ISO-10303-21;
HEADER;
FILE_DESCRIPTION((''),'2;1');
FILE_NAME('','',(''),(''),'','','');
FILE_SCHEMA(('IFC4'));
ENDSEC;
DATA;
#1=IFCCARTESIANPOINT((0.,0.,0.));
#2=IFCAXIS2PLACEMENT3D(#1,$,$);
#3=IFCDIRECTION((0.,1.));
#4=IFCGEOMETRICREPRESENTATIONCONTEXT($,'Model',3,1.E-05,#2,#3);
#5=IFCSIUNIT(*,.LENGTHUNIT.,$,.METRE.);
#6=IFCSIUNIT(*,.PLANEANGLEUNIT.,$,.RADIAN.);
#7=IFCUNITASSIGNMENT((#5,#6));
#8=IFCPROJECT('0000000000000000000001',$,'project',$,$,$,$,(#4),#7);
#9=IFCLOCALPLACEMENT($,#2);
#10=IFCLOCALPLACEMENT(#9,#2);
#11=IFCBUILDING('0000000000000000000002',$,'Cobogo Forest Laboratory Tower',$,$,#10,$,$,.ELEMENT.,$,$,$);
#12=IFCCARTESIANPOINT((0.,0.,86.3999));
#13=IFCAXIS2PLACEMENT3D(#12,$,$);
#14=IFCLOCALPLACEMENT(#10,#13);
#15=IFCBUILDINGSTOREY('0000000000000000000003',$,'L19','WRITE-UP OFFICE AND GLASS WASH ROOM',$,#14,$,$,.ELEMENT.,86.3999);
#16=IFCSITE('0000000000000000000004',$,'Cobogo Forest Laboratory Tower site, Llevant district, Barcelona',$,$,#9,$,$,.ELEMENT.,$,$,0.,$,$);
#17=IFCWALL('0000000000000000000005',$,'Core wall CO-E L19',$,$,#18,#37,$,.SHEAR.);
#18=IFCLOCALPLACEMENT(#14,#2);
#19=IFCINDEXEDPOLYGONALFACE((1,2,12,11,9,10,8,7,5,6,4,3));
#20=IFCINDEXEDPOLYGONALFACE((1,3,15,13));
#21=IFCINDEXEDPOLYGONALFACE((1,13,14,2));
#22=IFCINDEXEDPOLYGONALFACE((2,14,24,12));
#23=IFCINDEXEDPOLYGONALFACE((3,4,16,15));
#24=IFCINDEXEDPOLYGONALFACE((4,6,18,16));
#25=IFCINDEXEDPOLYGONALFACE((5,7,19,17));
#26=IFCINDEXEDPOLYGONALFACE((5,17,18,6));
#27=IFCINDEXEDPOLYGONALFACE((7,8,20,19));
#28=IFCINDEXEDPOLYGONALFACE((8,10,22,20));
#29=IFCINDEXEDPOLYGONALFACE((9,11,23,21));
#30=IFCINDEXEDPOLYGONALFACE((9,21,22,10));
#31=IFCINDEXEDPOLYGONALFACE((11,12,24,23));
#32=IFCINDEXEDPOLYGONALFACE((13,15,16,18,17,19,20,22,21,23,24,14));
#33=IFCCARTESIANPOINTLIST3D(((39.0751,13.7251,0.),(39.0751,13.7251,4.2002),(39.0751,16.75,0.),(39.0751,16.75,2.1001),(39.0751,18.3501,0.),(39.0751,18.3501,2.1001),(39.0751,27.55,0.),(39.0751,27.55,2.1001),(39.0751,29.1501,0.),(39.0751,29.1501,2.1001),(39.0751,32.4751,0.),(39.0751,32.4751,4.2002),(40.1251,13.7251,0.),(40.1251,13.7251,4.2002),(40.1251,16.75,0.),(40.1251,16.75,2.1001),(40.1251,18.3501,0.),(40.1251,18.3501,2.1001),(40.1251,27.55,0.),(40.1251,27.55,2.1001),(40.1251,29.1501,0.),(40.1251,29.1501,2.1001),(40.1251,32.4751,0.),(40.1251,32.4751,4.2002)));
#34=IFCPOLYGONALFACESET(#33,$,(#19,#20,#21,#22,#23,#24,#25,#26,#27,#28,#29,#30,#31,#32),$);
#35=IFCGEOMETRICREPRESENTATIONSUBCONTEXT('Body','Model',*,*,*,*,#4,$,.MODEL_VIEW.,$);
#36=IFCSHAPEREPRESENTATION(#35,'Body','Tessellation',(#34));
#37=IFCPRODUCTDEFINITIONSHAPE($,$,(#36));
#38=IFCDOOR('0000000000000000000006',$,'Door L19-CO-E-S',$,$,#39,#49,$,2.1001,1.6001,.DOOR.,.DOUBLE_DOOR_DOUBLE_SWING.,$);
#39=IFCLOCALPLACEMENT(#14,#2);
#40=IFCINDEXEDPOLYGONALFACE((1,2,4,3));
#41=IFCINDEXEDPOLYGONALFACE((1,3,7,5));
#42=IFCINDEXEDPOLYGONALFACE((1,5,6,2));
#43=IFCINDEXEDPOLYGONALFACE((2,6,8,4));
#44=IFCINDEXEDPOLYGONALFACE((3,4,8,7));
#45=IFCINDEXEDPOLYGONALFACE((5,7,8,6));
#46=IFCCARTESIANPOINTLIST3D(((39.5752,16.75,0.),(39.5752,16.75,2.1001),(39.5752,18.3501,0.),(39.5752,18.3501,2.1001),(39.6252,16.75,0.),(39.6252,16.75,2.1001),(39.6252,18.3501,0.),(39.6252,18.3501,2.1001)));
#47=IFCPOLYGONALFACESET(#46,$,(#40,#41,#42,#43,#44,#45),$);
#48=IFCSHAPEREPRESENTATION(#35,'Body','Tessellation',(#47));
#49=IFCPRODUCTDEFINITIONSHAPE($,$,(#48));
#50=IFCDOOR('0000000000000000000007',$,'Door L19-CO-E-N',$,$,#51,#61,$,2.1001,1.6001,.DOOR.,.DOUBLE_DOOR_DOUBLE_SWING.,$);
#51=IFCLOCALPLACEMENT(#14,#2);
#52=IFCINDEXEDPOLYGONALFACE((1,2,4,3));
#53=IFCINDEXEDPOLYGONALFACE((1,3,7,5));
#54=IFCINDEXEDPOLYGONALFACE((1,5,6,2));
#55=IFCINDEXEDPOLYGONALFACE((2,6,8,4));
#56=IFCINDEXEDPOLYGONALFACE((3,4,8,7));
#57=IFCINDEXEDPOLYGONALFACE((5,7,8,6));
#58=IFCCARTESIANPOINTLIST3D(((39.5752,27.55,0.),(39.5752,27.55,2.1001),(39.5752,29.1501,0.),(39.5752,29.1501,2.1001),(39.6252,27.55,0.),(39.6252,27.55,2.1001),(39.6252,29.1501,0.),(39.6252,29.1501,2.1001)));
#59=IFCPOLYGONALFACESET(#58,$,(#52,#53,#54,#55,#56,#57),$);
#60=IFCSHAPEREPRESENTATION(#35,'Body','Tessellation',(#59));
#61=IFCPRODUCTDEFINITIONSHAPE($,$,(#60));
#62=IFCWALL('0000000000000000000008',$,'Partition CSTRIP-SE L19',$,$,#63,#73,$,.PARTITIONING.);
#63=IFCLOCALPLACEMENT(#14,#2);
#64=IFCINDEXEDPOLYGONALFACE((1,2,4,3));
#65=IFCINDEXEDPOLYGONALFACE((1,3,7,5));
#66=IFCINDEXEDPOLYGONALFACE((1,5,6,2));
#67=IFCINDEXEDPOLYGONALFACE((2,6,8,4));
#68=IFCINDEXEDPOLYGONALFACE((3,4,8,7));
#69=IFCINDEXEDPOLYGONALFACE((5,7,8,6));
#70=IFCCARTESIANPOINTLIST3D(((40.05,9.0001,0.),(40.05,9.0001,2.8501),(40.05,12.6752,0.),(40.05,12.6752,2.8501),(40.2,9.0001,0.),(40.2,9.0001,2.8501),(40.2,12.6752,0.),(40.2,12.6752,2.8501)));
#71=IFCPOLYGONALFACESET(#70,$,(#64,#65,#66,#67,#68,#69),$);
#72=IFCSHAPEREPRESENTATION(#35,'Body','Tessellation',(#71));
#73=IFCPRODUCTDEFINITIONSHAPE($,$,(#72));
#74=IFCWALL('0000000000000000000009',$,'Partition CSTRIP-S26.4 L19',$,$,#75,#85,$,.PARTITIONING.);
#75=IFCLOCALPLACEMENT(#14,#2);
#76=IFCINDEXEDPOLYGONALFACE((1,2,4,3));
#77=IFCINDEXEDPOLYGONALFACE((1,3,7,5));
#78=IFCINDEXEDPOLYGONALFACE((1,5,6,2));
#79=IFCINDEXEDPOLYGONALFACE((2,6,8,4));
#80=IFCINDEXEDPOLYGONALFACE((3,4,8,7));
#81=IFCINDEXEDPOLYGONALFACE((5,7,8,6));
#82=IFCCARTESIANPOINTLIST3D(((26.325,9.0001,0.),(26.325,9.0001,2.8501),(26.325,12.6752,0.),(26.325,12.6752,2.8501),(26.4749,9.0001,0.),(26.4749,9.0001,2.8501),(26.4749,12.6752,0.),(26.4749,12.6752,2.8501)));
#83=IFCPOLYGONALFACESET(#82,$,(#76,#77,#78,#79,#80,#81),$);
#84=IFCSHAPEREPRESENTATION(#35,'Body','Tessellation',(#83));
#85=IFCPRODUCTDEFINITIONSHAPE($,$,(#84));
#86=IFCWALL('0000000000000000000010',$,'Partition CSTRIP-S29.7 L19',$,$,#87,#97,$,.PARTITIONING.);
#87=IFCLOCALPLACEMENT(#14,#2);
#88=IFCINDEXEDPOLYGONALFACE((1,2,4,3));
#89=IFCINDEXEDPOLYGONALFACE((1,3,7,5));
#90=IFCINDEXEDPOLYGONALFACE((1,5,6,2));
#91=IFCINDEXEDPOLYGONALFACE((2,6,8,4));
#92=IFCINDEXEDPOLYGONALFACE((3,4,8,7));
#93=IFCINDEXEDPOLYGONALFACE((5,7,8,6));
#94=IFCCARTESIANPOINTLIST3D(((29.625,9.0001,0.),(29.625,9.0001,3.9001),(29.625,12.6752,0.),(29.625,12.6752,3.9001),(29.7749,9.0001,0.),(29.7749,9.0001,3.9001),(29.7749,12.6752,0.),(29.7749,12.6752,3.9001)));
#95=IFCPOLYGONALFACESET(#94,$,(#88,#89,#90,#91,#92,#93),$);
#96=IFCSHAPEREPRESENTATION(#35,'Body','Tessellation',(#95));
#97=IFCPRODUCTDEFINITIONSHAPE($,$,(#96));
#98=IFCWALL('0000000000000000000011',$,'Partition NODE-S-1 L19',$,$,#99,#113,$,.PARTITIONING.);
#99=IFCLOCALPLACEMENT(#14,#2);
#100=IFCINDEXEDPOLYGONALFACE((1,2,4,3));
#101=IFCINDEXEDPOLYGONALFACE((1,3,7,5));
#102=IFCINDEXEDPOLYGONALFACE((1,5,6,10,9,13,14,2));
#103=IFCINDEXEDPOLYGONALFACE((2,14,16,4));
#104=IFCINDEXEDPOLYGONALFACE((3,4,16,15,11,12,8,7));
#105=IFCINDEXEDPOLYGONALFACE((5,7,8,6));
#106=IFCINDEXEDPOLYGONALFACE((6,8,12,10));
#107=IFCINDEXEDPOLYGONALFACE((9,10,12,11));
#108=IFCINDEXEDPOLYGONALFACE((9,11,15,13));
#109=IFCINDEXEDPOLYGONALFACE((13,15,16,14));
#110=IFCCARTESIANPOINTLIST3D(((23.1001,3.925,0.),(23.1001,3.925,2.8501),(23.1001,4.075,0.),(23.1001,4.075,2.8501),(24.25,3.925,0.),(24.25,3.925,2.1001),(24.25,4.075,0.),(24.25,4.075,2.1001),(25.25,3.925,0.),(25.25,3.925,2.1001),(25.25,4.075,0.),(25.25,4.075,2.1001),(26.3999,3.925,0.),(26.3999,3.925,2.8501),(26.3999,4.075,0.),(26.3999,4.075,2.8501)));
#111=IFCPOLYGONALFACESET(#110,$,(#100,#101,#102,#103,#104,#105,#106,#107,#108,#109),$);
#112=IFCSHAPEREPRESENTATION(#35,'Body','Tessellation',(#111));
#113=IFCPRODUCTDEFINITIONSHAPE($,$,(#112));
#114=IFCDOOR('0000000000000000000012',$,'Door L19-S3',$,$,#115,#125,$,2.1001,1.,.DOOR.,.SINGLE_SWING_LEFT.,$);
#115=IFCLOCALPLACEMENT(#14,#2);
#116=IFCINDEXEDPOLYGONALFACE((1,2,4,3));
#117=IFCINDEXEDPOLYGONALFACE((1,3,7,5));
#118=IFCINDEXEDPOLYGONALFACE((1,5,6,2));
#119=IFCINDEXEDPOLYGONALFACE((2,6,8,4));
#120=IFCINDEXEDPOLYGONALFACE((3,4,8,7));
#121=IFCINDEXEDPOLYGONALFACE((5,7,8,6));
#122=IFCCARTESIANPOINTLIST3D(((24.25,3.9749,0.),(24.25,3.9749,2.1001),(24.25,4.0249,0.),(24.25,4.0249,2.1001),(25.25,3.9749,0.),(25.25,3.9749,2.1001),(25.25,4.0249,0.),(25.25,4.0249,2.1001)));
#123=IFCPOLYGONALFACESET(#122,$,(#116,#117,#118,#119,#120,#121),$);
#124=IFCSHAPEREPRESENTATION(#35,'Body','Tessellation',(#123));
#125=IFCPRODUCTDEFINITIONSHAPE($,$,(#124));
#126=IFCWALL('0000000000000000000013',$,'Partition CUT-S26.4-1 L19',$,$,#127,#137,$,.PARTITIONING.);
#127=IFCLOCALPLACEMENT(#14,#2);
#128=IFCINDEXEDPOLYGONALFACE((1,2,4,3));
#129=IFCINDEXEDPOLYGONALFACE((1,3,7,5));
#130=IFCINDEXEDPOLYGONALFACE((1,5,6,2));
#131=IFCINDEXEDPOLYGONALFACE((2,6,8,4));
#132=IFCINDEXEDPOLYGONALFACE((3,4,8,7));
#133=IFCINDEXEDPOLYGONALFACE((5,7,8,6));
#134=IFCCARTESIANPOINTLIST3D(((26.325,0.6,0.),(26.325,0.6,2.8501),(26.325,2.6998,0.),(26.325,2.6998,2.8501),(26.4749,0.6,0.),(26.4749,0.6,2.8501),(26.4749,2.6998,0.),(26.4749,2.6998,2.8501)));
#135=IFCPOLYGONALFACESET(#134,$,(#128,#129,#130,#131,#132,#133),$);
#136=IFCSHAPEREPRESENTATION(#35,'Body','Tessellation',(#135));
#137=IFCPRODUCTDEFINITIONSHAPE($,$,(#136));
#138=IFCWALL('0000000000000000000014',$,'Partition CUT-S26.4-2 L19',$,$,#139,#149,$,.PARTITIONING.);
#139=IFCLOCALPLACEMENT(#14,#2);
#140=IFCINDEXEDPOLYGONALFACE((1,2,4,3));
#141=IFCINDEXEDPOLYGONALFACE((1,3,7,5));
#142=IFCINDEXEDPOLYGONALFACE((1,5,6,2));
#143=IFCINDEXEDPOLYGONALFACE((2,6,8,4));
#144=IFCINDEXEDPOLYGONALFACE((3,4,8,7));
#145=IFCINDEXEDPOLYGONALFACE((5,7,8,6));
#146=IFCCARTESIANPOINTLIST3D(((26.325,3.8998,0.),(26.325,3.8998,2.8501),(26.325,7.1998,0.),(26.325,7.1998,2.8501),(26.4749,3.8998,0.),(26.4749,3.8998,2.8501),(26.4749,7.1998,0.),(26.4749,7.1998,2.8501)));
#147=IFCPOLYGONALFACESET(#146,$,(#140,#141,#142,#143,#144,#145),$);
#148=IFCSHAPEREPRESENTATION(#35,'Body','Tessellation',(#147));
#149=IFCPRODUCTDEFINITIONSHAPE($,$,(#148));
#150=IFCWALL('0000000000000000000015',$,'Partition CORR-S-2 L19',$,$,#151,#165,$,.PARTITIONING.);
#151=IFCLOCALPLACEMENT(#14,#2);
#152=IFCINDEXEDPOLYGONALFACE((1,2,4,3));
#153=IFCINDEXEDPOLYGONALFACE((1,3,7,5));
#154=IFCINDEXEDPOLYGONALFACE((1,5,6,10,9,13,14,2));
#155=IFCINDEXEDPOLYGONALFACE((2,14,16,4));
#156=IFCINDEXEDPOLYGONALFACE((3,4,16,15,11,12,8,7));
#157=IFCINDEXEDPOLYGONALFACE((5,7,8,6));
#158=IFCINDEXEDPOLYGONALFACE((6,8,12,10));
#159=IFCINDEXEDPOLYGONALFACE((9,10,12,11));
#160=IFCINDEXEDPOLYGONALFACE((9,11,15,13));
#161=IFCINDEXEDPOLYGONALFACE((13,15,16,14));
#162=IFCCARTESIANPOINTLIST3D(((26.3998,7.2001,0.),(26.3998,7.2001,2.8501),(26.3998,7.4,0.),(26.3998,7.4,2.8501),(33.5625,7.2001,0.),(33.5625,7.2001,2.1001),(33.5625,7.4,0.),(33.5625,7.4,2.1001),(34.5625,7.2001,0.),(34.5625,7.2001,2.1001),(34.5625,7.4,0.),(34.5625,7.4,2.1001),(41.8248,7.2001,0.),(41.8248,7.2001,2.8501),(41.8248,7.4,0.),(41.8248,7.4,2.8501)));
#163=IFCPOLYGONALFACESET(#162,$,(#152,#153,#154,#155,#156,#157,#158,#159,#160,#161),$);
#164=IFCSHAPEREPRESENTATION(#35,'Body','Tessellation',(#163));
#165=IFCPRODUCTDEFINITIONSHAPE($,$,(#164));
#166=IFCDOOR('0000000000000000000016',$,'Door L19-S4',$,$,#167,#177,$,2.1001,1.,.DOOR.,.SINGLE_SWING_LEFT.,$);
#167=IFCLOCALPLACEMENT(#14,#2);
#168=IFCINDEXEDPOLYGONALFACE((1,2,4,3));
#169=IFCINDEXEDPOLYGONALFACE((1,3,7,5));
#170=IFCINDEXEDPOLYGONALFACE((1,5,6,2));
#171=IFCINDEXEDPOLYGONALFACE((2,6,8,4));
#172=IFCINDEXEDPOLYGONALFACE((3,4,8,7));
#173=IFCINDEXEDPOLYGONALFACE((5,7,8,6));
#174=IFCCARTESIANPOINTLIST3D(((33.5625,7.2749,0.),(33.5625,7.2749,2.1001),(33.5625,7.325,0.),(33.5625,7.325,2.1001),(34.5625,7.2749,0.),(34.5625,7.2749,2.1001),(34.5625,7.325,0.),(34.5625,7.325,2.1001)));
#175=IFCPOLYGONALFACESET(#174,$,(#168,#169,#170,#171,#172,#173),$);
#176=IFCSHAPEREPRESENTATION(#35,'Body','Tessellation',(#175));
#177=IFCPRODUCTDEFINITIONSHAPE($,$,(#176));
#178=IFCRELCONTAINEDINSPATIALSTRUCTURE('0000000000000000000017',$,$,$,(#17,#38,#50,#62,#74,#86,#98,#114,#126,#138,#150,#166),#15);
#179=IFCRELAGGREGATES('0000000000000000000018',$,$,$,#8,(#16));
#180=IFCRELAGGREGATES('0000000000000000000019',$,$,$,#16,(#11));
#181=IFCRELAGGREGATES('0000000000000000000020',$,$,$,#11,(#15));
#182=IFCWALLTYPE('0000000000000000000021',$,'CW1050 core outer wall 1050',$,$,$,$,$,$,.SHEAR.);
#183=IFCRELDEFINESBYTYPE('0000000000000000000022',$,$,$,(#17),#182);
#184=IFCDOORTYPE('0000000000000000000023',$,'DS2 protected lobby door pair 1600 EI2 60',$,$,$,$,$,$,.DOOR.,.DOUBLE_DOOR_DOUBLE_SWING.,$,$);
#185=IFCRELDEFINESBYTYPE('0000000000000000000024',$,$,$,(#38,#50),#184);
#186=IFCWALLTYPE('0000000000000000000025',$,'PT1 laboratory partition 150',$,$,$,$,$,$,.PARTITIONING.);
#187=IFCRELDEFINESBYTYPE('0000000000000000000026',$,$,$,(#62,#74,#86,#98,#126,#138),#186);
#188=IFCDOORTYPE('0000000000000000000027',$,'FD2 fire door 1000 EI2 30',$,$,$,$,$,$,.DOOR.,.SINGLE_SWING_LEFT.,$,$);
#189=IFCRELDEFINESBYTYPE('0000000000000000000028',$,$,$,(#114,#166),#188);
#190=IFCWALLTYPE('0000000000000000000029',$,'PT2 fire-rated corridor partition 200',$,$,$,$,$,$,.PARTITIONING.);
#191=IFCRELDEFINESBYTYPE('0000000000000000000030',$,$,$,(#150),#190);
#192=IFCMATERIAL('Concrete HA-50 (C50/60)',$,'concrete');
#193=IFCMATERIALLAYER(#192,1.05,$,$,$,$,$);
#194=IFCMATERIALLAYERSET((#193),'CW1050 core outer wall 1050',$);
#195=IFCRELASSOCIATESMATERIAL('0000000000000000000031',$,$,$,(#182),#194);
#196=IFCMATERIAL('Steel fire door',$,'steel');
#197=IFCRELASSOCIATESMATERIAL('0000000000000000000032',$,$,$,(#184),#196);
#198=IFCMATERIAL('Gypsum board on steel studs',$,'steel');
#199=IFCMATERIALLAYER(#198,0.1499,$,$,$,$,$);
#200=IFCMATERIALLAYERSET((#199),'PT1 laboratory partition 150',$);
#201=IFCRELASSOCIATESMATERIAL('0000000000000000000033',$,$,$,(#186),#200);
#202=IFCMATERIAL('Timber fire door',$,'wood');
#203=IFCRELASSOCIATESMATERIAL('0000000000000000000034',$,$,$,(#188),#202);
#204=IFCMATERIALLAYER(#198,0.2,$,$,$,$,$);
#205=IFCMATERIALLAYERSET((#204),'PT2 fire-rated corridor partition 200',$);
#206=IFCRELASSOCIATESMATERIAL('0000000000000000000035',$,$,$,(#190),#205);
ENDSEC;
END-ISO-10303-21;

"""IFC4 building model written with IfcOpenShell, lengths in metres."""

from ifc_helpers import new_model, si_unit, direction, frame, frame_2d, origin, place, context, subcontext, project, spatial, rectangle, extrude, material, layer, layer_set, type_object, element, fill, save


model = new_model("IFC4")

# Units and contexts
model_context = context("Model", 3, precision=1e-05, world=origin(), true_north=direction((0.0, 1.0)))
body_context = subcontext(model_context, "Body", "Model", "MODEL_VIEW")
ifc_project = project(units=[si_unit("LENGTHUNIT", "METRE"), si_unit("PLANEANGLEUNIT", "RADIAN")], contexts=[model_context])

# Site, building, storey
site_placement = place(None, origin())
site = spatial("IfcSite", under=ifc_project, at=site_placement, Name="Cobogo Forest Laboratory Tower site, Llevant district, Barcelona", CompositionType="ELEMENT", RefElevation=0.0)
building_placement = place(site_placement, origin())
building = spatial("IfcBuilding", under=site, at=building_placement, Name="Cobogo Forest Laboratory Tower", CompositionType="ELEMENT")
storey_placement = place(building_placement, frame((0.0, 0.0, 86.3999)))
storey = spatial("IfcBuildingStorey", under=building, at=storey_placement, Name="L19", Description="WRITE-UP OFFICE AND GLASS WASH ROOM", CompositionType="ELEMENT", Elevation=86.3999)

# Shared definitions
ifc_material_1 = material(Name="Concrete HA-50 (C50/60)", Category="concrete")

# Wall, openings, doors
ifc_layer_1 = layer(ifc_material_1, 1.05)
ifc_layer_set_1 = layer_set([ifc_layer_1], Name="CW1050 core outer wall 1050")
wall_type_1 = type_object("IfcWallType", Name="CW1050 core outer wall 1050", PredefinedType="SHEAR", material=ifc_layer_set_1)
wall_1_placement = place(storey_placement, frame((39.6001, 13.7251, 0.0), z_axis=(0.0, 0.0, 1.0), x_axis=(0.0, 1.0, 0.0)))
wall_1 = element("IfcWall", 1, at=wall_1_placement, inside=storey, type_object=wall_type_1, Name="Core wall CO-E L19", PredefinedType="SHEAR", context=body_context, shape_type="SweptSolid", body=[
    extrude(rectangle(XDim=18.75, YDim=1.05, at=frame_2d((9.375, 0.0))), origin(), (0.0, 0.0, 1.0), 4.2002),
])
opening_1_placement = place(wall_1_placement, frame((3.0249, 0.0, 0.0)))
opening_1 = element("IfcOpeningElement", 2, at=opening_1_placement, cuts=wall_1, PredefinedType="OPENING", context=body_context, shape_type="SweptSolid", body=[
    extrude(rectangle(XDim=1.6001, YDim=2.1001, at=frame_2d((0.8, 1.05))), frame((0.0, 0.5349, 0.0), z_axis=(0.0, -1.0, 0.0), x_axis=(1.0, 0.0, 0.0)), (0.0, 0.0, 1.0), 1.0701),
])
opening_2_placement = place(wall_1_placement, frame((13.825, 0.0, 0.0)))
opening_2 = element("IfcOpeningElement", 3, at=opening_2_placement, cuts=wall_1, PredefinedType="OPENING", context=body_context, shape_type="SweptSolid", body=[
    extrude(rectangle(XDim=1.6001, YDim=2.1001, at=frame_2d((0.8, 1.05))), frame((0.0, 0.5349, 0.0), z_axis=(0.0, -1.0, 0.0), x_axis=(1.0, 0.0, 0.0)), (0.0, 0.0, 1.0), 1.0701),
])
ifc_material_2 = material(Name="Steel fire door", Category="steel")
door_type_1 = type_object("IfcDoorType", Name="DS2 protected lobby door pair 1600 EI2 60", OperationType="DOUBLE_DOOR_DOUBLE_SWING", PredefinedType="DOOR", material=ifc_material_2)
door_1_placement = place(opening_1_placement, origin())
door_1 = element("IfcDoor", 4, at=door_1_placement, inside=storey, type_object=door_type_1, Name="Door L19-CO-E-S", OperationType="DOUBLE_DOOR_DOUBLE_SWING", OverallHeight=2.1001, OverallWidth=1.6001, PredefinedType="DOOR", context=body_context, shape_type="SweptSolid", body=[
    extrude(rectangle(XDim=1.6001, YDim=2.1001, at=frame_2d((0.8, 1.05))), frame((0.0, 0.0249, 0.0), z_axis=(0.0, -1.0, 0.0), x_axis=(1.0, 0.0, 0.0)), (0.0, 0.0, 1.0), 0.05),
])
fill(opening_1, door_1)
door_2_placement = place(opening_2_placement, origin())
door_2 = element("IfcDoor", 5, at=door_2_placement, inside=storey, type_object=door_type_1, Name="Door L19-CO-E-N", OperationType="DOUBLE_DOOR_DOUBLE_SWING", OverallHeight=2.1001, OverallWidth=1.6001, PredefinedType="DOOR", context=body_context, shape_type="SweptSolid", body=[
    extrude(rectangle(XDim=1.6001, YDim=2.1001, at=frame_2d((0.8, 1.05))), frame((0.0, 0.0249, 0.0), z_axis=(0.0, -1.0, 0.0), x_axis=(1.0, 0.0, 0.0)), (0.0, 0.0, 1.0), 0.05),
])
fill(opening_2, door_2)

# Walls
ifc_material_3 = material(Name="Gypsum board on steel studs", Category="steel")
ifc_layer_2 = layer(ifc_material_3, 0.1499)
ifc_layer_set_2 = layer_set([ifc_layer_2], Name="PT1 laboratory partition 150")
wall_type_2 = type_object("IfcWallType", Name="PT1 laboratory partition 150", PredefinedType="PARTITIONING", material=ifc_layer_set_2)
for number, where, z_axis, x_axis, name in (
    (6, (40.125, 12.675, 0.0), (0.0, 0.0, 1.0), (0.0, -1.0, 0.0), "Partition CSTRIP-SE L19"),
    (7, (26.3999, 12.675, 0.0), (0.0, 0.0, 1.0), (0.0, -1.0, 0.0), "Partition CSTRIP-S26.4 L19"),
):
    element("IfcWall", number, at=place(storey_placement, frame(where, z_axis=z_axis, x_axis=x_axis)), inside=storey, type_object=wall_type_2, Name=name, PredefinedType="PARTITIONING", context=body_context, shape_type="SweptSolid", body=[
        extrude(rectangle(XDim=3.675, YDim=0.1499, at=frame_2d((1.8374, 0.0))), origin(), (0.0, 0.0, 1.0), 2.8501),
    ])
wall_2_placement = place(storey_placement, frame((29.7, 12.675, 0.0), z_axis=(0.0, 0.0, 1.0), x_axis=(0.0, -1.0, 0.0)))
element("IfcWall", 8, at=wall_2_placement, inside=storey, type_object=wall_type_2, Name="Partition CSTRIP-S29.7 L19", PredefinedType="PARTITIONING", context=body_context, shape_type="SweptSolid", body=[
    extrude(rectangle(XDim=3.675, YDim=0.1499, at=frame_2d((1.8374, 0.0))), origin(), (0.0, 0.0, 1.0), 3.9001),
])

# Wall, opening, door
wall_3_placement = place(storey_placement, frame((23.1001, 4.0, 0.0), z_axis=(0.0, 0.0, 1.0), x_axis=(1.0, 0.0, 0.0)))
wall_3 = element("IfcWall", 9, at=wall_3_placement, inside=storey, type_object=wall_type_2, Name="Partition NODE-S-1 L19", PredefinedType="PARTITIONING", context=body_context, shape_type="SweptSolid", body=[
    extrude(rectangle(XDim=3.2998, YDim=0.1499, at=frame_2d((1.6499, 0.0))), origin(), (0.0, 0.0, 1.0), 2.8501),
])
opening_3_placement = place(wall_3_placement, frame((1.1499, 0.0, 0.0)))
opening_3 = element("IfcOpeningElement", 10, at=opening_3_placement, cuts=wall_3, PredefinedType="OPENING", context=body_context, shape_type="SweptSolid", body=[
    extrude(rectangle(XDim=1.0, YDim=2.1001, at=frame_2d((0.5, 1.05))), frame((0.0, 0.085, 0.0), z_axis=(0.0, -1.0, 0.0), x_axis=(1.0, 0.0, 0.0)), (0.0, 0.0, 1.0), 0.1699),
])
ifc_material_4 = material(Name="Timber fire door", Category="wood")
door_type_2 = type_object("IfcDoorType", Name="FD2 fire door 1000 EI2 30", OperationType="SINGLE_SWING_LEFT", PredefinedType="DOOR", material=ifc_material_4)
door_3_placement = place(opening_3_placement, origin())
door_3 = element("IfcDoor", 11, at=door_3_placement, inside=storey, type_object=door_type_2, Name="Door L19-S3", OperationType="SINGLE_SWING_LEFT", OverallHeight=2.1001, OverallWidth=1.0, PredefinedType="DOOR", context=body_context, shape_type="SweptSolid", body=[
    extrude(rectangle(XDim=1.0, YDim=2.1001, at=frame_2d((0.5, 1.05))), frame((0.0, 0.0249, 0.0), z_axis=(0.0, -1.0, 0.0), x_axis=(1.0, 0.0, 0.0)), (0.0, 0.0, 1.0), 0.05),
])
fill(opening_3, door_3)

# Walls
wall_4_placement = place(storey_placement, frame((26.3999, 0.6001, 0.0), z_axis=(0.0, 0.0, 1.0), x_axis=(0.0, 1.0, 0.0)))
element("IfcWall", 12, at=wall_4_placement, inside=storey, type_object=wall_type_2, Name="Partition CUT-S26.4-1 L19", PredefinedType="PARTITIONING", context=body_context, shape_type="SweptSolid", body=[
    extrude(rectangle(XDim=2.0999, YDim=0.1499, at=frame_2d((1.0498, 0.0))), origin(), (0.0, 0.0, 1.0), 2.8501),
])
wall_5_placement = place(storey_placement, frame((26.3999, 3.8999, 0.0), z_axis=(0.0, 0.0, 1.0), x_axis=(0.0, 1.0, 0.0)))
element("IfcWall", 13, at=wall_5_placement, inside=storey, type_object=wall_type_2, Name="Partition CUT-S26.4-2 L19", PredefinedType="PARTITIONING", context=body_context, shape_type="SweptSolid", body=[
    extrude(rectangle(XDim=3.3, YDim=0.1499, at=frame_2d((1.6499, 0.0))), origin(), (0.0, 0.0, 1.0), 2.8501),
])

# Wall, opening, door
ifc_layer_3 = layer(ifc_material_3, 0.2)
ifc_layer_set_3 = layer_set([ifc_layer_3], Name="PT2 fire-rated corridor partition 200")
wall_type_3 = type_object("IfcWallType", Name="PT2 fire-rated corridor partition 200", PredefinedType="PARTITIONING", material=ifc_layer_set_3)
wall_6_placement = place(storey_placement, frame((26.3999, 7.3, 0.0), z_axis=(0.0, 0.0, 1.0), x_axis=(1.0, 0.0, 0.0)))
wall_6 = element("IfcWall", 14, at=wall_6_placement, inside=storey, type_object=wall_type_3, Name="Partition CORR-S-2 L19", PredefinedType="PARTITIONING", context=body_context, shape_type="SweptSolid", body=[
    extrude(rectangle(XDim=15.425, YDim=0.2, at=frame_2d((7.7124, 0.0))), origin(), (0.0, 0.0, 1.0), 2.8501),
])
opening_4_placement = place(wall_6_placement, frame((7.1626, 0.0, 0.0)))
opening_4 = element("IfcOpeningElement", 15, at=opening_4_placement, cuts=wall_6, PredefinedType="OPENING", context=body_context, shape_type="SweptSolid", body=[
    extrude(rectangle(XDim=1.0, YDim=2.1001, at=frame_2d((0.5, 1.05))), frame((0.0, 0.1099, 0.0), z_axis=(0.0, -1.0, 0.0), x_axis=(1.0, 0.0, 0.0)), (0.0, 0.0, 1.0), 0.22),
])
door_4_placement = place(opening_4_placement, origin())
door_4 = element("IfcDoor", 16, at=door_4_placement, inside=storey, type_object=door_type_2, Name="Door L19-S4", OperationType="SINGLE_SWING_LEFT", OverallHeight=2.1001, OverallWidth=1.0, PredefinedType="DOOR", context=body_context, shape_type="SweptSolid", body=[
    extrude(rectangle(XDim=1.0, YDim=2.1001, at=frame_2d((0.5, 1.05))), frame((0.0, 0.0249, 0.0), z_axis=(0.0, -1.0, 0.0), x_axis=(1.0, 0.0, 0.0)), (0.0, 0.0, 1.0), 0.05),
])
fill(opening_4, door_4)

save(model, "model.ifc")
